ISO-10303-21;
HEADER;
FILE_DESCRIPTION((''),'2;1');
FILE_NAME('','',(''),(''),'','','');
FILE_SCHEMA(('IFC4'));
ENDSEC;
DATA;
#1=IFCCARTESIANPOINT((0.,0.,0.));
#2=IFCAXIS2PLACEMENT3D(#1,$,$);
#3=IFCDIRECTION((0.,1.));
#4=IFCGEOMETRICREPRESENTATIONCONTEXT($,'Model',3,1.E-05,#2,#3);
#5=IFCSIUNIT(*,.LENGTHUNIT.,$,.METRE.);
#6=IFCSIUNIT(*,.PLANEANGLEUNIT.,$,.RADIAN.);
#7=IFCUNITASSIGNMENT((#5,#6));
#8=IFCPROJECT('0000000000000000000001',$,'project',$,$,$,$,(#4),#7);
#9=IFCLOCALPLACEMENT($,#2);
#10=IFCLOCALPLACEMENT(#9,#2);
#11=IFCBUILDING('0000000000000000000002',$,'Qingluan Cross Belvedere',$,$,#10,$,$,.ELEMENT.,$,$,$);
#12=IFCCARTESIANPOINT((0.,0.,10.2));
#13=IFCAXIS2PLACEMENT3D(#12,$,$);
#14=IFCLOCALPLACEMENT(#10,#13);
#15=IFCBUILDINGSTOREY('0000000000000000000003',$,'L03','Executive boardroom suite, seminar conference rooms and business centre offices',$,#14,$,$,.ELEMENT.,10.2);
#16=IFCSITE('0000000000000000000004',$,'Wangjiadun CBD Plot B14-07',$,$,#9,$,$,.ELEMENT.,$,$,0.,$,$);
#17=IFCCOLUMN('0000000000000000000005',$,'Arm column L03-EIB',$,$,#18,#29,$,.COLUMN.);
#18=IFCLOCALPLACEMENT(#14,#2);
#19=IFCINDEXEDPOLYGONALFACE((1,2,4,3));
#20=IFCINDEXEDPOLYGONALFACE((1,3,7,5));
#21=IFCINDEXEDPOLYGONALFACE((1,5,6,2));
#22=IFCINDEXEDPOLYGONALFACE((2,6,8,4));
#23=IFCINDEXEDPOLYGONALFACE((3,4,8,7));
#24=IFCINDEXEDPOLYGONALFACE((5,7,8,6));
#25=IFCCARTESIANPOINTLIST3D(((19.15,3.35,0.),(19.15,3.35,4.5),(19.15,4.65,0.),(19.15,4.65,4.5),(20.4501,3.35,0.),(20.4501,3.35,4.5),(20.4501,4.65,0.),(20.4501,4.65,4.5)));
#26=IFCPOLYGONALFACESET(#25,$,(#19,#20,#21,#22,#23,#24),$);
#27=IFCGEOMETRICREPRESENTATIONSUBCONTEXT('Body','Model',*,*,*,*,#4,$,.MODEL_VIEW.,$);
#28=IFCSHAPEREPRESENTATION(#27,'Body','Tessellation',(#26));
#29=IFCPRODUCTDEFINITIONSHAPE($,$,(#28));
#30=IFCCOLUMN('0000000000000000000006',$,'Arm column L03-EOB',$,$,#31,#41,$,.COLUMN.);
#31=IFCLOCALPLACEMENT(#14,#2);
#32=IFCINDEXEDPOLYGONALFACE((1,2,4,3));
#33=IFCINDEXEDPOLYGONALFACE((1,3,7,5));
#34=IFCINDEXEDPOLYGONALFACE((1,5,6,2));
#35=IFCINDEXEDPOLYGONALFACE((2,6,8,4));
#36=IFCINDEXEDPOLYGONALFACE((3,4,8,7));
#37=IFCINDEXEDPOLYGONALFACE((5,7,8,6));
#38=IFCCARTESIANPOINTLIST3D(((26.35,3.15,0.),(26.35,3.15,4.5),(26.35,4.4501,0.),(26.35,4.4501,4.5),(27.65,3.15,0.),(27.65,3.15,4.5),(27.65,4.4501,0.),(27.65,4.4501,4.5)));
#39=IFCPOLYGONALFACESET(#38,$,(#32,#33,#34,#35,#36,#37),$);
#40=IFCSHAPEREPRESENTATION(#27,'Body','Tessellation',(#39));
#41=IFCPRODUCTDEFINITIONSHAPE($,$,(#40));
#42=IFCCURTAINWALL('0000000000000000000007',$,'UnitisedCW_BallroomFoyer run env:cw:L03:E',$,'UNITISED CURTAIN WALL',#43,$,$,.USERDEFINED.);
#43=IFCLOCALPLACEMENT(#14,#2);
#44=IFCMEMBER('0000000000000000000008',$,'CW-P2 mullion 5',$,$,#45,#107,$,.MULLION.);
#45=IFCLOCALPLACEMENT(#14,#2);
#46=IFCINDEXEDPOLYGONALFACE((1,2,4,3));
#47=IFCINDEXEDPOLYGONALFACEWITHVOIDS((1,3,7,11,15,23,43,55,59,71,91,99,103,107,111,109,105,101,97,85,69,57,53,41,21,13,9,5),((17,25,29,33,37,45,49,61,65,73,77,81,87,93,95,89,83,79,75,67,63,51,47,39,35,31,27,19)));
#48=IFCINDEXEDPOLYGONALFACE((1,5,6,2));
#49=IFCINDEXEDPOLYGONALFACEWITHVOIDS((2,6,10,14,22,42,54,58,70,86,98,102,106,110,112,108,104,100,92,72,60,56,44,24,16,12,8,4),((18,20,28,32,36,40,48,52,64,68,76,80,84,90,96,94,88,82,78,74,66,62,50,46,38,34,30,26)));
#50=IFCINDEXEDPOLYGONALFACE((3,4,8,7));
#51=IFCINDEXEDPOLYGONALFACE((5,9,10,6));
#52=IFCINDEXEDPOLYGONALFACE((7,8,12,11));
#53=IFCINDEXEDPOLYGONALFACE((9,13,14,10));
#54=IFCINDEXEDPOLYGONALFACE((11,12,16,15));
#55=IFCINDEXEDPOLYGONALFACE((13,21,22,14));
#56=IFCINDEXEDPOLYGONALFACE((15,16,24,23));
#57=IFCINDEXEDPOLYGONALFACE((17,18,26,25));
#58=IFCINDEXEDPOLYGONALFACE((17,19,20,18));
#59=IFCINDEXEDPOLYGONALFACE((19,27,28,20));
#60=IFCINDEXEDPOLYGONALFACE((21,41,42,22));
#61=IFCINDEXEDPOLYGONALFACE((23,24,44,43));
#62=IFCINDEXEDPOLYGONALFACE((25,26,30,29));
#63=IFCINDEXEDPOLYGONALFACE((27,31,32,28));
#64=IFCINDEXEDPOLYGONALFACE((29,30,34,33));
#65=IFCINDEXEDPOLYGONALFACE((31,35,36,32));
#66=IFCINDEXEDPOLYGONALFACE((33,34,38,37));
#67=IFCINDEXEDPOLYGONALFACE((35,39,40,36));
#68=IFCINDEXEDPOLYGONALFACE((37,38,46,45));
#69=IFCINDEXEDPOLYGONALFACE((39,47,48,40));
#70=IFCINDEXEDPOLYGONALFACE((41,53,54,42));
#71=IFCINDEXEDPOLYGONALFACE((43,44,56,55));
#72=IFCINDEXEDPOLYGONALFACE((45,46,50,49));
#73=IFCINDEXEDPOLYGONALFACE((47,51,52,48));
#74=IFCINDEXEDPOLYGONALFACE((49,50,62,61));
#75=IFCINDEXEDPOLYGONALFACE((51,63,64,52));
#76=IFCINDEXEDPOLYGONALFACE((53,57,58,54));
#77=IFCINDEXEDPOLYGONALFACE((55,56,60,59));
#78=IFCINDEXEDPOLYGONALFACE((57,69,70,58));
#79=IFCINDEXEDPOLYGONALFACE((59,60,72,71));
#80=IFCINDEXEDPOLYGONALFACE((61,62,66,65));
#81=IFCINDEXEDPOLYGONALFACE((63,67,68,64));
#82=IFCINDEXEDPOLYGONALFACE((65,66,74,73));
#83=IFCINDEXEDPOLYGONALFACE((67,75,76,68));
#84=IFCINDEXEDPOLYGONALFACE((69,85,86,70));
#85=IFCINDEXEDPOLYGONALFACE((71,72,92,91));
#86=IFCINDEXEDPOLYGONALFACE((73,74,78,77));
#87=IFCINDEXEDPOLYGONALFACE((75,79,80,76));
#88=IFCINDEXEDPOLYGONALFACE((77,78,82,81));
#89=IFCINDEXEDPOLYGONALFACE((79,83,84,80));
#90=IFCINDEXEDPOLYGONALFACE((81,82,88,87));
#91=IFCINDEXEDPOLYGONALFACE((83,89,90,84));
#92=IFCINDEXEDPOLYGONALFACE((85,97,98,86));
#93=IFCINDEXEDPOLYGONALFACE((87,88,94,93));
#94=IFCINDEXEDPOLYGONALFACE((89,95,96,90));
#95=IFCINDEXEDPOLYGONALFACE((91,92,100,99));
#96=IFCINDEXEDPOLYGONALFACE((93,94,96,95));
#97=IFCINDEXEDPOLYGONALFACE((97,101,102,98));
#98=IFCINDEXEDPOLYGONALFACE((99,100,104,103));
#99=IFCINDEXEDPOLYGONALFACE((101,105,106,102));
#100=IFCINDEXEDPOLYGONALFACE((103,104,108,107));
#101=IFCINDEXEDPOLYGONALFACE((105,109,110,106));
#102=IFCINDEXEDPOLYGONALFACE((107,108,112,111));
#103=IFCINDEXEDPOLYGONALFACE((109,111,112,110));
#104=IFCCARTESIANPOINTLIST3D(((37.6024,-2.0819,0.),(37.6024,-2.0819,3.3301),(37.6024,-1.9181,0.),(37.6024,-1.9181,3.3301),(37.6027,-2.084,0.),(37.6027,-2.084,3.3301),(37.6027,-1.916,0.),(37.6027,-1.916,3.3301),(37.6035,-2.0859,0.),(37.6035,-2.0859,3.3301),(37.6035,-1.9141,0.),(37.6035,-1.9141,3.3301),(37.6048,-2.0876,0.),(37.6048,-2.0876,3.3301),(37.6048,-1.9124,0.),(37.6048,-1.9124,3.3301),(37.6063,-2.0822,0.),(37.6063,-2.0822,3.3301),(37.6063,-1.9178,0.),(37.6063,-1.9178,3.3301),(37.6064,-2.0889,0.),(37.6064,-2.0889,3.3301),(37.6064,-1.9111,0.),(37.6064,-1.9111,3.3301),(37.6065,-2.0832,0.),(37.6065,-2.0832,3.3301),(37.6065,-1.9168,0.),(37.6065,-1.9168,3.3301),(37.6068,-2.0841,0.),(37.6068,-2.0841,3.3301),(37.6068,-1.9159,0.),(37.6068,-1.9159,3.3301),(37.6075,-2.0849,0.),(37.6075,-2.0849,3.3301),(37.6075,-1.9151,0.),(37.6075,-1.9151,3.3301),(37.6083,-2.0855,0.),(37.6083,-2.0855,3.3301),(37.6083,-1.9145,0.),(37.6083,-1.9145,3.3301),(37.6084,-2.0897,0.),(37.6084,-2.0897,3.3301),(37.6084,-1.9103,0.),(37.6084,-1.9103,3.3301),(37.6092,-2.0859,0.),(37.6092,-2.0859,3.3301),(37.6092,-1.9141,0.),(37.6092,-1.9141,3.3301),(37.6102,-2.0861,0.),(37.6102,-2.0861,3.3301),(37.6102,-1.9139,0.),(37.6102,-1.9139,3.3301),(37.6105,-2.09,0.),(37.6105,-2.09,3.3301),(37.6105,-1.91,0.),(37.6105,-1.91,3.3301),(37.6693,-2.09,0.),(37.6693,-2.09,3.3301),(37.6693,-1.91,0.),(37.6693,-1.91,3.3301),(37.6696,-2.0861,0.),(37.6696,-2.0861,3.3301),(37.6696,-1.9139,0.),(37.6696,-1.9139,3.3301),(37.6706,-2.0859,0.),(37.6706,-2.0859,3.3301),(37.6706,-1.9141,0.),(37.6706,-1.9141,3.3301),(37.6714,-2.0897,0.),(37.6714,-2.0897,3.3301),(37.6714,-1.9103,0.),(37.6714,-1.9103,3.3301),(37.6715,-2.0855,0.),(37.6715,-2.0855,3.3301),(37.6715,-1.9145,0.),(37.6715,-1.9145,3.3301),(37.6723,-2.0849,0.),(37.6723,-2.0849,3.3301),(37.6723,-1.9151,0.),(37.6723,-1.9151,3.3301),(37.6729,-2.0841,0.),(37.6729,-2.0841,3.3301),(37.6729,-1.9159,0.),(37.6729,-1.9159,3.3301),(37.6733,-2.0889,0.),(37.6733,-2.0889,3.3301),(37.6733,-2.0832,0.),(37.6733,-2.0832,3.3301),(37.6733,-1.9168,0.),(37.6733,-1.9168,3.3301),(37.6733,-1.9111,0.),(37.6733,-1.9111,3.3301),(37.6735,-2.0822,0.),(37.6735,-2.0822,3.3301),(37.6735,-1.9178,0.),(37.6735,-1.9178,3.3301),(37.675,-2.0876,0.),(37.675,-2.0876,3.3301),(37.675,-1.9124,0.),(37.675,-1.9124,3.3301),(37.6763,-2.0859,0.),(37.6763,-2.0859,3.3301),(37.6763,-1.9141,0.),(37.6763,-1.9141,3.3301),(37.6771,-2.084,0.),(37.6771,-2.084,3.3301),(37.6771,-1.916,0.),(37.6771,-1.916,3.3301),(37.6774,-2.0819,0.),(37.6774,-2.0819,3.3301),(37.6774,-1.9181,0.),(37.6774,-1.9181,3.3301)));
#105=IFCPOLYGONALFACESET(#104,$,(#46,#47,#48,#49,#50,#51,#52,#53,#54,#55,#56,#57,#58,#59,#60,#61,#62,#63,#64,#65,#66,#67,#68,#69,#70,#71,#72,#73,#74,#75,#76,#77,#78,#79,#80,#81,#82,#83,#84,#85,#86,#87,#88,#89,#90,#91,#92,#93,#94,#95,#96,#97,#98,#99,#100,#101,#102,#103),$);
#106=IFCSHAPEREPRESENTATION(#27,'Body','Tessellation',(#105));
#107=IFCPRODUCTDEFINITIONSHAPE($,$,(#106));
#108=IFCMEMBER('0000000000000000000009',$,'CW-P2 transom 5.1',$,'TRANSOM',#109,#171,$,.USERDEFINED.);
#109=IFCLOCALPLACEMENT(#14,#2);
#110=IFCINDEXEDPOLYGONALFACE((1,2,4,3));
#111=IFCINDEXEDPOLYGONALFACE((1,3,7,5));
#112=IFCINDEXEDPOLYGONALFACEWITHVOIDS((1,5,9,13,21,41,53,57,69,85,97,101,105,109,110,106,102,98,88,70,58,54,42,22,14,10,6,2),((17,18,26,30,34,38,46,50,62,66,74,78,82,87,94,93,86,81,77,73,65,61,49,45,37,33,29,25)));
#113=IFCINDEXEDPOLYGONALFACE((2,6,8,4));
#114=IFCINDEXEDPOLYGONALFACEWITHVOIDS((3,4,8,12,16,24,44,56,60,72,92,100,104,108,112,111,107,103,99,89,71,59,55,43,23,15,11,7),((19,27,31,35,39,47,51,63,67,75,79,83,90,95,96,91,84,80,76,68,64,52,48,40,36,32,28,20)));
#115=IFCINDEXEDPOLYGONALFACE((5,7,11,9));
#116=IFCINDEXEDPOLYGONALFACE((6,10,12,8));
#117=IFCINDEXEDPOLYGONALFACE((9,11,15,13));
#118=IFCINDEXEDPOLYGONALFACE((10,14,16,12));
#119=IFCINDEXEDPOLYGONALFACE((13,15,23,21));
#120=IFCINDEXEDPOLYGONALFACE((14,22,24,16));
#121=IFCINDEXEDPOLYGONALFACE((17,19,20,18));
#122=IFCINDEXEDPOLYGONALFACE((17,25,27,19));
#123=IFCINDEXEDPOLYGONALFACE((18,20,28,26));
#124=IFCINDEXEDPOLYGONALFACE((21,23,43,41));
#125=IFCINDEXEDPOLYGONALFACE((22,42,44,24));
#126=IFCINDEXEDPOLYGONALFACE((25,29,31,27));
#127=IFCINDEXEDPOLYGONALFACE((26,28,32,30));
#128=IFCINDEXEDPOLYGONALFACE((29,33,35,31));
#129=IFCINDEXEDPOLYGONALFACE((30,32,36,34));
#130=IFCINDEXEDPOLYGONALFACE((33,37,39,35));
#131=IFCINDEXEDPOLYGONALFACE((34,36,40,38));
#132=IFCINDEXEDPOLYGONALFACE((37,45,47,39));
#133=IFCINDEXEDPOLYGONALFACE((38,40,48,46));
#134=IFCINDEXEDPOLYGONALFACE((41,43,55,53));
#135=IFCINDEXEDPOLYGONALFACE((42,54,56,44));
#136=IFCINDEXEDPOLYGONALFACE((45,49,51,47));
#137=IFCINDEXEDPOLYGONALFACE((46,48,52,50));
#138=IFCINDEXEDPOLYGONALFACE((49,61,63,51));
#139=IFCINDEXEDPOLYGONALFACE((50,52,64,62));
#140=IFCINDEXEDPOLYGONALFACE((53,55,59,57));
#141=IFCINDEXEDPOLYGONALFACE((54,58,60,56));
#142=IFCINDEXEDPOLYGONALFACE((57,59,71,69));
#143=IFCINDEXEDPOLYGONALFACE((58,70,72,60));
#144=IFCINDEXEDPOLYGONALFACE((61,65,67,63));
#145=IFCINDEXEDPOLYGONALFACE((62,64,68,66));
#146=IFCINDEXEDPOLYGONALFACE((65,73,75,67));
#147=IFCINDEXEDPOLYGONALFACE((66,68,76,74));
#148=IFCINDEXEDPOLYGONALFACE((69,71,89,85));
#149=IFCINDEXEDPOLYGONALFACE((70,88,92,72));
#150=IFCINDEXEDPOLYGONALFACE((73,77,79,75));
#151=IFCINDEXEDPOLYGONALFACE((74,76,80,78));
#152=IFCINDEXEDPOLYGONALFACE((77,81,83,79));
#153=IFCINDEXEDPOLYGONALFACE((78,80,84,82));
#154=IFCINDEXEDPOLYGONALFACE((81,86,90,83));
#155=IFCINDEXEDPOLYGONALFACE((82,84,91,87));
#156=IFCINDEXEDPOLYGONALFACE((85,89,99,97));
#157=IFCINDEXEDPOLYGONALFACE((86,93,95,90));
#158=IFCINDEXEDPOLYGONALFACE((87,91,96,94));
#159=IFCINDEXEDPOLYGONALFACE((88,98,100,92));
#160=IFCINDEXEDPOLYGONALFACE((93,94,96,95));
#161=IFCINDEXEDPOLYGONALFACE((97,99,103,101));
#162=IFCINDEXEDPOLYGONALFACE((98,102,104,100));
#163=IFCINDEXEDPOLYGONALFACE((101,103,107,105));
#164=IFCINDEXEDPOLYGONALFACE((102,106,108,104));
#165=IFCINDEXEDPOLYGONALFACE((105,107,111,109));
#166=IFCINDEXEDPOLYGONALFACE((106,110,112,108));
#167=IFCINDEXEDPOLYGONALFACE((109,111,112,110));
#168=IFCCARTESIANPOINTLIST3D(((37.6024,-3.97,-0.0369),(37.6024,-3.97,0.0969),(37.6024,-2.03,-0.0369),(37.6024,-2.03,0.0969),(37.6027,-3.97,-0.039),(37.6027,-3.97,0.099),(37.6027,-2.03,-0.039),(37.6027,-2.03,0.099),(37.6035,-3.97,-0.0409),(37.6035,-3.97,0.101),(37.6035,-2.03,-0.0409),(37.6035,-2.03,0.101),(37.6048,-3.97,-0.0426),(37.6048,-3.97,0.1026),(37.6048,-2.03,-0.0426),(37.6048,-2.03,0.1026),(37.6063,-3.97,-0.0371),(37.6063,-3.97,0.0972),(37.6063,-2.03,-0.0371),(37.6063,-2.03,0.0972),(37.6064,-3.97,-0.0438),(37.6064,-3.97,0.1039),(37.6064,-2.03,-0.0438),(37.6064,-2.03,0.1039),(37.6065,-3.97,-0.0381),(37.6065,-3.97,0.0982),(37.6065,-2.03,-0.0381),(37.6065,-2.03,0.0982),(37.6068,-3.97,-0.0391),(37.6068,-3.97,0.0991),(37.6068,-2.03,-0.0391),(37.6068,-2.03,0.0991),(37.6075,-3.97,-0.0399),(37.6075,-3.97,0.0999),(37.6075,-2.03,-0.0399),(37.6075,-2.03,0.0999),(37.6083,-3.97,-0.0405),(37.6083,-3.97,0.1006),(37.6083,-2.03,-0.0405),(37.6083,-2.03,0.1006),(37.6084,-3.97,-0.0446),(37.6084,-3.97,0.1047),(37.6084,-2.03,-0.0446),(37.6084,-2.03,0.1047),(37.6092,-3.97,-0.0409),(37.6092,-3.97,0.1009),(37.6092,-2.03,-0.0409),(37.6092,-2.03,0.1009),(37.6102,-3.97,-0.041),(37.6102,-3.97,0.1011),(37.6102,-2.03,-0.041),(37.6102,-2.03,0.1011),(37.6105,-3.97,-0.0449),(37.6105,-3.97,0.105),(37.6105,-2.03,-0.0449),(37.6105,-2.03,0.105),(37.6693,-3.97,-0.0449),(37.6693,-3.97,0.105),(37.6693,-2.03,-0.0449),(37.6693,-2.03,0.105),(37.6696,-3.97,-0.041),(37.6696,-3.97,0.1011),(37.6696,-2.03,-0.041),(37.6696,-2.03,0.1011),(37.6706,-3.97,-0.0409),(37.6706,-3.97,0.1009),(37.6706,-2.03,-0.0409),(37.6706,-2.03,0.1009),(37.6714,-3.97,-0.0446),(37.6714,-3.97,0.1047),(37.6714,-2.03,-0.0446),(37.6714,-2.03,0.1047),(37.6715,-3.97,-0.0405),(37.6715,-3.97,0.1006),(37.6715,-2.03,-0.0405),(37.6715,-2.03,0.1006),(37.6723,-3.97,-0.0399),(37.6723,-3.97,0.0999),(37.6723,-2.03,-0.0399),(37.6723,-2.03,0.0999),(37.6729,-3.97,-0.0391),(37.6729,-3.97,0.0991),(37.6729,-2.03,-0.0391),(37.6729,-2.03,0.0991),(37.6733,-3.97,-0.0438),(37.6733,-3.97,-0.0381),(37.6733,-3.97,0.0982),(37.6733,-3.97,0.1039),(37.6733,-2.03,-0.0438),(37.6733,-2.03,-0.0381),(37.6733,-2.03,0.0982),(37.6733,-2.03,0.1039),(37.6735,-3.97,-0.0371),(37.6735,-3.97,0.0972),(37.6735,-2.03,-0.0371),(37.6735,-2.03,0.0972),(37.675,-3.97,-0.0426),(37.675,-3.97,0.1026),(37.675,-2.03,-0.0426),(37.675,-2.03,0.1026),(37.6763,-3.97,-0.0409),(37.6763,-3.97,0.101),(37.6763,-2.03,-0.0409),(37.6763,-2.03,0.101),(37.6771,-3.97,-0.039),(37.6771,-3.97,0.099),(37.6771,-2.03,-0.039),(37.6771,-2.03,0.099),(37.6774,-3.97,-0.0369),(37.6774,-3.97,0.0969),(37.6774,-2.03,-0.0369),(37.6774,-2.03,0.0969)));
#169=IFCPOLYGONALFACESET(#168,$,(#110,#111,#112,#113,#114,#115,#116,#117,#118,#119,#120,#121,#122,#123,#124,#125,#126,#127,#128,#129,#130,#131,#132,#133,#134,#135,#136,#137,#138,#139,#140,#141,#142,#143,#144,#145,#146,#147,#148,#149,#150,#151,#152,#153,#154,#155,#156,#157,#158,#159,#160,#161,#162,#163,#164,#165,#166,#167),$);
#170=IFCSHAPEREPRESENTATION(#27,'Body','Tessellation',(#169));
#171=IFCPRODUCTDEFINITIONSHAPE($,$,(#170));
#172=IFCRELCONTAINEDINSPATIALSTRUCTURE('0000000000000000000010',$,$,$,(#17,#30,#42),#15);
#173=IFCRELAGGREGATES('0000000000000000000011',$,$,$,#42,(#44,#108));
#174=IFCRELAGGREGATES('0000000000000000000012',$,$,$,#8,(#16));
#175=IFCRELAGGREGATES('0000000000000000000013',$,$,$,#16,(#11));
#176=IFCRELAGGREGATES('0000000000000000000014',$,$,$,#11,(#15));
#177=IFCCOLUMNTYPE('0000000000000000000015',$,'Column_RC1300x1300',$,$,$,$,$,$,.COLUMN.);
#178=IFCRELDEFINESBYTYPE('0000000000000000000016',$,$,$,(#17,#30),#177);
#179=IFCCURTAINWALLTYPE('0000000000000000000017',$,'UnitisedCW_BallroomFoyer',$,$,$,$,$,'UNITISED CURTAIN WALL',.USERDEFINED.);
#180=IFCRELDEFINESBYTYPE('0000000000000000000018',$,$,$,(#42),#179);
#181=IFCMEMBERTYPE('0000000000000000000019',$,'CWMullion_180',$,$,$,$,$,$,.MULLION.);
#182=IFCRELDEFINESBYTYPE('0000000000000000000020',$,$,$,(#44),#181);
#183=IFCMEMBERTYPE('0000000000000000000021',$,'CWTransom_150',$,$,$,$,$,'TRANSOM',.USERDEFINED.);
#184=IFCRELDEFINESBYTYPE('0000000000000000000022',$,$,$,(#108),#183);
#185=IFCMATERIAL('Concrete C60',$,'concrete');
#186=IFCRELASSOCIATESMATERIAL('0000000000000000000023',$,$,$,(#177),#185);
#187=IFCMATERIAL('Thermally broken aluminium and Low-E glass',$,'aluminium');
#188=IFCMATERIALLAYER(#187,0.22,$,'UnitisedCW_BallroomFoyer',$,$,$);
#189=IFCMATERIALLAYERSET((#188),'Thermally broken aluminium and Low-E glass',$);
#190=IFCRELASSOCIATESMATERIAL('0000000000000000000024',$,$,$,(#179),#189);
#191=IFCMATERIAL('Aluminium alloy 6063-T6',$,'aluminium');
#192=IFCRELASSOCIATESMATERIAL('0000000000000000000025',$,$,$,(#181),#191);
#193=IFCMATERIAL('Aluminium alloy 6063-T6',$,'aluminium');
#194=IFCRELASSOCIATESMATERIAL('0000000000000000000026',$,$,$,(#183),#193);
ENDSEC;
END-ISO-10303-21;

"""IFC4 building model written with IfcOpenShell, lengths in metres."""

from ifc_helpers import new_model, si_unit, direction, frame, origin, origin_2d, place, context, subcontext, project, spatial, rectangle, hollow_rectangle, extrude, material, layer, layer_set, material_profile, profile_set, type_object, element, aggregate, save


model = new_model("IFC4")

# Units and contexts
model_context = context("Model", 3, precision=1e-05, world=origin(), true_north=direction((0.0, 1.0)))
body_context = subcontext(model_context, "Body", "Model", "MODEL_VIEW")
ifc_project = project(units=[si_unit("LENGTHUNIT", "METRE"), si_unit("PLANEANGLEUNIT", "RADIAN")], contexts=[model_context])

# Site, building, storey
site_placement = place(None, origin())
site = spatial("IfcSite", under=ifc_project, at=site_placement, Name="Wangjiadun CBD Plot B14-07", CompositionType="ELEMENT", RefElevation=0.0)
building_placement = place(site_placement, origin())
building = spatial("IfcBuilding", under=site, at=building_placement, Name="Qingluan Cross Belvedere", CompositionType="ELEMENT")
storey_placement = place(building_placement, frame((0.0, 0.0, 10.2)))
storey = spatial("IfcBuildingStorey", under=building, at=storey_placement, Name="L03", Description="Executive boardroom suite, seminar conference rooms and business centre offices", CompositionType="ELEMENT", Elevation=10.2)

# Columns
ifc_material_1 = material(Name="Concrete C60", Category="concrete")
ifc_material_profile_1 = material_profile(ifc_material_1, rectangle(XDim=1.3, YDim=1.3, at=origin_2d()), Name="RC1300x1300")
ifc_profile_set_1 = profile_set([ifc_material_profile_1], Name="Concrete C60")
column_type = type_object("IfcColumnType", Name="Column_RC1300x1300", PredefinedType="COLUMN", material=ifc_profile_set_1)
for number, where, z_axis, x_axis, name in (
    (1, (19.8, 4.0, 0.0), (0.0, 0.0, 1.0), (1.0, 0.0, 0.0), "Arm column L03-EIB"),
    (2, (27.0, 3.8, 0.0), (0.0, 0.0, 1.0), (1.0, 0.0, 0.0), "Arm column L03-EOB"),
):
    element("IfcColumn", number, at=place(storey_placement, frame(where, z_axis=z_axis, x_axis=x_axis)), inside=storey, type_object=column_type, Name=name, PredefinedType="COLUMN", context=body_context, shape_type="SweptSolid", body=[
        extrude(rectangle(XDim=1.3, YDim=1.3, at=origin_2d()), origin(), (0.0, 0.0, 1.0), 4.5),
    ])

# Curtain wall, members
ifc_material_2 = material(Name="Thermally broken aluminium and Low-E glass", Category="aluminium")
ifc_layer_1 = layer(ifc_material_2, 0.22, Name="UnitisedCW_BallroomFoyer")
ifc_layer_set_1 = layer_set([ifc_layer_1], Name="Thermally broken aluminium and Low-E glass")
curtain_wall_type = type_object("IfcCurtainWallType", Name="UnitisedCW_BallroomFoyer", ElementType="UNITISED CURTAIN WALL", PredefinedType="USERDEFINED", material=ifc_layer_set_1)
curtain_wall_placement = place(storey_placement, origin())
curtain_wall = element("IfcCurtainWall", 3, at=curtain_wall_placement, inside=storey, type_object=curtain_wall_type, Name="UnitisedCW_BallroomFoyer run env:cw:L03:E", ObjectType="UNITISED CURTAIN WALL", PredefinedType="USERDEFINED")
ifc_material_3 = material(Name="Aluminium alloy 6063-T6", Category="aluminium")
ifc_material_profile_2 = material_profile(ifc_material_3, hollow_rectangle(XDim=0.075, YDim=0.1799, WallThickness=0.0039, InnerFilletRadius=0.0039, OuterFilletRadius=0.0081, at=origin_2d()), Name="CWM180x75x4")
ifc_profile_set_2 = profile_set([ifc_material_profile_2], Name="Aluminium alloy 6063-T6")
member_type_1 = type_object("IfcMemberType", Name="CWMullion_180", PredefinedType="MULLION", material=ifc_profile_set_2)
member_1_placement = place(storey_placement, frame((37.6399, -2.0, 0.0), z_axis=(0.0, 0.0, 1.0), x_axis=(1.0, 0.0, 0.0)))
member_1 = element("IfcMember", 4, at=member_1_placement, type_object=member_type_1, Name="CW-P2 mullion 5", PredefinedType="MULLION", context=body_context, shape_type="SweptSolid", body=[
    extrude(hollow_rectangle(XDim=0.075, YDim=0.1799, WallThickness=0.0039, InnerFilletRadius=0.0039, OuterFilletRadius=0.0081, at=origin_2d()), origin(), (0.0, 0.0, 1.0), 3.3301),
])
ifc_material_4 = material(Name="Aluminium alloy 6063-T6", Category="aluminium")
ifc_material_profile_3 = material_profile(ifc_material_4, hollow_rectangle(XDim=0.075, YDim=0.1499, WallThickness=0.0039, InnerFilletRadius=0.0039, OuterFilletRadius=0.0081, at=origin_2d()), Name="CWT150x75x4")
ifc_profile_set_3 = profile_set([ifc_material_profile_3], Name="Aluminium alloy 6063-T6")
member_type_2 = type_object("IfcMemberType", Name="CWTransom_150", ElementType="TRANSOM", PredefinedType="USERDEFINED", material=ifc_profile_set_3)
member_2_placement = place(storey_placement, frame((37.6399, -2.03, 0.03), z_axis=(0.0, -1.0, 0.0), x_axis=(1.0, 0.0, 0.0)))
member_2 = element("IfcMember", 5, at=member_2_placement, type_object=member_type_2, Name="CW-P2 transom 5.1", ObjectType="TRANSOM", PredefinedType="USERDEFINED", context=body_context, shape_type="SweptSolid", body=[
    extrude(hollow_rectangle(XDim=0.075, YDim=0.1499, WallThickness=0.0039, InnerFilletRadius=0.0039, OuterFilletRadius=0.0081, at=origin_2d()), origin(), (0.0, 0.0, 1.0), 1.9399),
])
aggregate(curtain_wall, [member_1, member_2])

save(model, "model.ifc")
